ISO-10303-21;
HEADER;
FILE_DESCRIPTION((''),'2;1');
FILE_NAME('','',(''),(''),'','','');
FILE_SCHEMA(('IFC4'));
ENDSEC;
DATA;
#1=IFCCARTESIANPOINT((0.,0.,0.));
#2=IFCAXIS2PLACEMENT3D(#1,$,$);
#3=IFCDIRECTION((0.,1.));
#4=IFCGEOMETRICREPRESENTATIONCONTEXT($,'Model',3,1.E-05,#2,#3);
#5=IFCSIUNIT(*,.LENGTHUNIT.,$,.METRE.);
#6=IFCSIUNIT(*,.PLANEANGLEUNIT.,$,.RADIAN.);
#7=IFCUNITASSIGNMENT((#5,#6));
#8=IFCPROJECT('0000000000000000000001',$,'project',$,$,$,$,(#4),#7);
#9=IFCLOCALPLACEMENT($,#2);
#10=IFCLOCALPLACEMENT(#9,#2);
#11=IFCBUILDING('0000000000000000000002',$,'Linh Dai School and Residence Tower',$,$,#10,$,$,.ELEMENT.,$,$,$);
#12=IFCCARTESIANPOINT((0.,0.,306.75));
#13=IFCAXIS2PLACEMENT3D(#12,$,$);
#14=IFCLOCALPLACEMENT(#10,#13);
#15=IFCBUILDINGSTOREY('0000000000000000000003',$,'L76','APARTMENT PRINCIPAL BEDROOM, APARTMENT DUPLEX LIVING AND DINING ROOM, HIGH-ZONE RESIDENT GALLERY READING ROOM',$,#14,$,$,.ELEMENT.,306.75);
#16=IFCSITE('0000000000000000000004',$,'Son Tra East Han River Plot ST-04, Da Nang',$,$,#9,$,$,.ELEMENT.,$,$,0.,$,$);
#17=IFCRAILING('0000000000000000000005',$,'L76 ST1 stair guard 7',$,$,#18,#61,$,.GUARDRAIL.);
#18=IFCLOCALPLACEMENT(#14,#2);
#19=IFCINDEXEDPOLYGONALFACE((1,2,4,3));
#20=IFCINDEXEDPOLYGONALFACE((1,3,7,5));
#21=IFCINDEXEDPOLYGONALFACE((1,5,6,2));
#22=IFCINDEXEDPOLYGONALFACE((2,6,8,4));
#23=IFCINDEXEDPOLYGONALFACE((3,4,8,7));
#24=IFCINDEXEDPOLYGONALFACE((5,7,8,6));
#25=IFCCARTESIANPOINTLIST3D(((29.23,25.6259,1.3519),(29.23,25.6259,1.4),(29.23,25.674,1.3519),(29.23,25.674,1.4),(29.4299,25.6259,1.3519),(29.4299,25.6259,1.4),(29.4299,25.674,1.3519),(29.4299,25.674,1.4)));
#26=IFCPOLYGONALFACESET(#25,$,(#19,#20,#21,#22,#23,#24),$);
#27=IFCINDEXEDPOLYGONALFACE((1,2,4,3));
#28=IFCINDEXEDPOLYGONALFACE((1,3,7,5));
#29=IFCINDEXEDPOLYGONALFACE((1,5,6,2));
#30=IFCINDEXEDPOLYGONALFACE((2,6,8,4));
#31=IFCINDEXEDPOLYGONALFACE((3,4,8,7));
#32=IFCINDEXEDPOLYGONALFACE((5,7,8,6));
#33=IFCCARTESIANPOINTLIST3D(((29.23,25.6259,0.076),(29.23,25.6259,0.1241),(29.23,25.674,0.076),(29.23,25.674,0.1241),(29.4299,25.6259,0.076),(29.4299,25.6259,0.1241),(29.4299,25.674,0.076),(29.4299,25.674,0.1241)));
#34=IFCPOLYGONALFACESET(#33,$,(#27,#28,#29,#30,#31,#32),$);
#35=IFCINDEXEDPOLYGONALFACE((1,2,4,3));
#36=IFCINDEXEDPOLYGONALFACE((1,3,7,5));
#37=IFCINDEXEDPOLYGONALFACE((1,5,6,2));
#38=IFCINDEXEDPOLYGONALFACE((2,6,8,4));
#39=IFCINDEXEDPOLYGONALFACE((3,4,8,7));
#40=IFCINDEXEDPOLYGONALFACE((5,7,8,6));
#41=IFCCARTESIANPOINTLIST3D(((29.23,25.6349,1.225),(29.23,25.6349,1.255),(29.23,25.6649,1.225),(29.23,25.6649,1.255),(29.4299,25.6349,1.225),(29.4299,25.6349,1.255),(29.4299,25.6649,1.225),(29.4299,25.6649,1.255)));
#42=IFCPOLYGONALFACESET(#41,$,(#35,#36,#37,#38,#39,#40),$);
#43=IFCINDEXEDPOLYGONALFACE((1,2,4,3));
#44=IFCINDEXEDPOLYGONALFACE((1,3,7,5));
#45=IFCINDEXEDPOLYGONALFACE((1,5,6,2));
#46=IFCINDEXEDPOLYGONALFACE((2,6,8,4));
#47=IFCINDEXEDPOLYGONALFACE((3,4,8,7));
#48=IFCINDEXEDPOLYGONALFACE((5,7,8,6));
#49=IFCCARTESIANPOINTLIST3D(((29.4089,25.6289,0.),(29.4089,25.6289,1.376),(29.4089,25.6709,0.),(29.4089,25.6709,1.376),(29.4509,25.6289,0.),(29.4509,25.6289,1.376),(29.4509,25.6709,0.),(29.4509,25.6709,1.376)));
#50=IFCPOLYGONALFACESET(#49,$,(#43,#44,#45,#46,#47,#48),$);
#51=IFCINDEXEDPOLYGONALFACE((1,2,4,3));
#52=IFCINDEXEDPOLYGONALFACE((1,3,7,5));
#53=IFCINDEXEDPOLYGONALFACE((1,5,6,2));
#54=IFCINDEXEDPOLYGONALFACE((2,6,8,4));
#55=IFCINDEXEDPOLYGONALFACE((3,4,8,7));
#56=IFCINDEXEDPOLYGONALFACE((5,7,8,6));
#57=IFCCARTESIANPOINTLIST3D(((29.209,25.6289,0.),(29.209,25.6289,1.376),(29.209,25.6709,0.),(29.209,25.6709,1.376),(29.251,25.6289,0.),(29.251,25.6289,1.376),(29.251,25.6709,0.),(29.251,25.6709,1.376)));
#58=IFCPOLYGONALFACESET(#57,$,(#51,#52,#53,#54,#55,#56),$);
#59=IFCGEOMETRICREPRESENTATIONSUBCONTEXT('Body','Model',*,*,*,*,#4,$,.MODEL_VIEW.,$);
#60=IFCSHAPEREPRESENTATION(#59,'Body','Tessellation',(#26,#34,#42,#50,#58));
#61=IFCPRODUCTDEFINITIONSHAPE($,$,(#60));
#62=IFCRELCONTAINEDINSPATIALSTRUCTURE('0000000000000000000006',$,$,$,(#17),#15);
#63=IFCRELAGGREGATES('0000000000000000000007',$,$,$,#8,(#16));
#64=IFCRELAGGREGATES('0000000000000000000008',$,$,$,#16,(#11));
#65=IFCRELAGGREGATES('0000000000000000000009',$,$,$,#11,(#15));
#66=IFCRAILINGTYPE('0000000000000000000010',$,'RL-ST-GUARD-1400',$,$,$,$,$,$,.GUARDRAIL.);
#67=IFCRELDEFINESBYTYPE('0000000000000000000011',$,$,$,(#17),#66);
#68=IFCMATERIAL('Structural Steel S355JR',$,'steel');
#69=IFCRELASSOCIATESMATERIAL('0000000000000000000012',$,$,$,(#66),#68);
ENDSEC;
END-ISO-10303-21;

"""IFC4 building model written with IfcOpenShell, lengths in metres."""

from ifc_helpers import new_model, si_unit, direction, frame, origin, origin_2d, place, context, subcontext, project, spatial, rectangle, extrude, source, transform, mapped, material, type_object, element, save


model = new_model("IFC4")

# Units and contexts
model_context = context("Model", 3, precision=1e-05, world=origin(), true_north=direction((0.0, 1.0)))
body_context = subcontext(model_context, "Body", "Model", "MODEL_VIEW")
ifc_project = project(units=[si_unit("LENGTHUNIT", "METRE"), si_unit("PLANEANGLEUNIT", "RADIAN")], contexts=[model_context])

# Site, building, storey
site_placement = place(None, origin())
site = spatial("IfcSite", under=ifc_project, at=site_placement, Name="Son Tra East Han River Plot ST-04, Da Nang", CompositionType="ELEMENT", RefElevation=0.0)
building_placement = place(site_placement, origin())
building = spatial("IfcBuilding", under=site, at=building_placement, Name="Linh Dai School and Residence Tower", CompositionType="ELEMENT")
storey_placement = place(building_placement, frame((0.0, 0.0, 306.75)))
storey = spatial("IfcBuildingStorey", under=building, at=storey_placement, Name="L76", Description="APARTMENT PRINCIPAL BEDROOM, APARTMENT DUPLEX LIVING AND DINING ROOM, HIGH-ZONE RESIDENT GALLERY READING ROOM", CompositionType="ELEMENT", Elevation=306.75)

# Shared definitions
ifc_material_1 = material(Name="Structural Steel S355JR", Category="steel")

# Railing
railing_type_1 = type_object("IfcRailingType", Name="RL-ST-GUARD-1400", PredefinedType="GUARDRAIL", material=ifc_material_1)
shared_shape_1 = source(origin(), body_context, "Body", "SweptSolid", [
    extrude(rectangle(XDim=0.0481, YDim=0.0481, at=origin_2d()), frame((0.0, 0.0, 1.376), z_axis=(-1.0, 0.0, 0.0), x_axis=(0.0, -1.0, 0.0)), (0.0, 0.0, 1.0), 0.2),
    extrude(rectangle(XDim=0.0481, YDim=0.0481, at=origin_2d()), frame((0.0, 0.0, 0.1001), z_axis=(-1.0, 0.0, 0.0), x_axis=(0.0, -1.0, 0.0)), (0.0, 0.0, 1.0), 0.2),
    extrude(rectangle(XDim=0.03, YDim=0.03, at=origin_2d()), frame((0.0, 0.0, 1.24), z_axis=(-1.0, 0.0, 0.0), x_axis=(0.0, -1.0, 0.0)), (0.0, 0.0, 1.0), 0.2),
    extrude(rectangle(XDim=0.042, YDim=0.042, at=origin_2d()), origin(), (0.0, 0.0, 1.0), 1.376),
    extrude(rectangle(XDim=0.042, YDim=0.042, at=origin_2d()), frame((-0.2, 0.0, 0.0)), (0.0, 0.0, 1.0), 1.376),
])
railing_1_placement = place(storey_placement, frame((29.4299, 25.6499, 0.0)))
element("IfcRailing", 1, at=railing_1_placement, inside=storey, type_object=railing_type_1, Name="L76 ST1 stair guard 7", PredefinedType="GUARDRAIL", context=body_context, shape_type="MappedRepresentation", body=[
    mapped(shared_shape_1, transform((0.0, 0.0, 0.0), x_axis=(1.0, 0.0, 0.0), y_axis=(0.0, 1.0, 0.0), z_axis=(0.0, 0.0, 1.0), scale=1.0)),
])

save(model, "model.ifc")
